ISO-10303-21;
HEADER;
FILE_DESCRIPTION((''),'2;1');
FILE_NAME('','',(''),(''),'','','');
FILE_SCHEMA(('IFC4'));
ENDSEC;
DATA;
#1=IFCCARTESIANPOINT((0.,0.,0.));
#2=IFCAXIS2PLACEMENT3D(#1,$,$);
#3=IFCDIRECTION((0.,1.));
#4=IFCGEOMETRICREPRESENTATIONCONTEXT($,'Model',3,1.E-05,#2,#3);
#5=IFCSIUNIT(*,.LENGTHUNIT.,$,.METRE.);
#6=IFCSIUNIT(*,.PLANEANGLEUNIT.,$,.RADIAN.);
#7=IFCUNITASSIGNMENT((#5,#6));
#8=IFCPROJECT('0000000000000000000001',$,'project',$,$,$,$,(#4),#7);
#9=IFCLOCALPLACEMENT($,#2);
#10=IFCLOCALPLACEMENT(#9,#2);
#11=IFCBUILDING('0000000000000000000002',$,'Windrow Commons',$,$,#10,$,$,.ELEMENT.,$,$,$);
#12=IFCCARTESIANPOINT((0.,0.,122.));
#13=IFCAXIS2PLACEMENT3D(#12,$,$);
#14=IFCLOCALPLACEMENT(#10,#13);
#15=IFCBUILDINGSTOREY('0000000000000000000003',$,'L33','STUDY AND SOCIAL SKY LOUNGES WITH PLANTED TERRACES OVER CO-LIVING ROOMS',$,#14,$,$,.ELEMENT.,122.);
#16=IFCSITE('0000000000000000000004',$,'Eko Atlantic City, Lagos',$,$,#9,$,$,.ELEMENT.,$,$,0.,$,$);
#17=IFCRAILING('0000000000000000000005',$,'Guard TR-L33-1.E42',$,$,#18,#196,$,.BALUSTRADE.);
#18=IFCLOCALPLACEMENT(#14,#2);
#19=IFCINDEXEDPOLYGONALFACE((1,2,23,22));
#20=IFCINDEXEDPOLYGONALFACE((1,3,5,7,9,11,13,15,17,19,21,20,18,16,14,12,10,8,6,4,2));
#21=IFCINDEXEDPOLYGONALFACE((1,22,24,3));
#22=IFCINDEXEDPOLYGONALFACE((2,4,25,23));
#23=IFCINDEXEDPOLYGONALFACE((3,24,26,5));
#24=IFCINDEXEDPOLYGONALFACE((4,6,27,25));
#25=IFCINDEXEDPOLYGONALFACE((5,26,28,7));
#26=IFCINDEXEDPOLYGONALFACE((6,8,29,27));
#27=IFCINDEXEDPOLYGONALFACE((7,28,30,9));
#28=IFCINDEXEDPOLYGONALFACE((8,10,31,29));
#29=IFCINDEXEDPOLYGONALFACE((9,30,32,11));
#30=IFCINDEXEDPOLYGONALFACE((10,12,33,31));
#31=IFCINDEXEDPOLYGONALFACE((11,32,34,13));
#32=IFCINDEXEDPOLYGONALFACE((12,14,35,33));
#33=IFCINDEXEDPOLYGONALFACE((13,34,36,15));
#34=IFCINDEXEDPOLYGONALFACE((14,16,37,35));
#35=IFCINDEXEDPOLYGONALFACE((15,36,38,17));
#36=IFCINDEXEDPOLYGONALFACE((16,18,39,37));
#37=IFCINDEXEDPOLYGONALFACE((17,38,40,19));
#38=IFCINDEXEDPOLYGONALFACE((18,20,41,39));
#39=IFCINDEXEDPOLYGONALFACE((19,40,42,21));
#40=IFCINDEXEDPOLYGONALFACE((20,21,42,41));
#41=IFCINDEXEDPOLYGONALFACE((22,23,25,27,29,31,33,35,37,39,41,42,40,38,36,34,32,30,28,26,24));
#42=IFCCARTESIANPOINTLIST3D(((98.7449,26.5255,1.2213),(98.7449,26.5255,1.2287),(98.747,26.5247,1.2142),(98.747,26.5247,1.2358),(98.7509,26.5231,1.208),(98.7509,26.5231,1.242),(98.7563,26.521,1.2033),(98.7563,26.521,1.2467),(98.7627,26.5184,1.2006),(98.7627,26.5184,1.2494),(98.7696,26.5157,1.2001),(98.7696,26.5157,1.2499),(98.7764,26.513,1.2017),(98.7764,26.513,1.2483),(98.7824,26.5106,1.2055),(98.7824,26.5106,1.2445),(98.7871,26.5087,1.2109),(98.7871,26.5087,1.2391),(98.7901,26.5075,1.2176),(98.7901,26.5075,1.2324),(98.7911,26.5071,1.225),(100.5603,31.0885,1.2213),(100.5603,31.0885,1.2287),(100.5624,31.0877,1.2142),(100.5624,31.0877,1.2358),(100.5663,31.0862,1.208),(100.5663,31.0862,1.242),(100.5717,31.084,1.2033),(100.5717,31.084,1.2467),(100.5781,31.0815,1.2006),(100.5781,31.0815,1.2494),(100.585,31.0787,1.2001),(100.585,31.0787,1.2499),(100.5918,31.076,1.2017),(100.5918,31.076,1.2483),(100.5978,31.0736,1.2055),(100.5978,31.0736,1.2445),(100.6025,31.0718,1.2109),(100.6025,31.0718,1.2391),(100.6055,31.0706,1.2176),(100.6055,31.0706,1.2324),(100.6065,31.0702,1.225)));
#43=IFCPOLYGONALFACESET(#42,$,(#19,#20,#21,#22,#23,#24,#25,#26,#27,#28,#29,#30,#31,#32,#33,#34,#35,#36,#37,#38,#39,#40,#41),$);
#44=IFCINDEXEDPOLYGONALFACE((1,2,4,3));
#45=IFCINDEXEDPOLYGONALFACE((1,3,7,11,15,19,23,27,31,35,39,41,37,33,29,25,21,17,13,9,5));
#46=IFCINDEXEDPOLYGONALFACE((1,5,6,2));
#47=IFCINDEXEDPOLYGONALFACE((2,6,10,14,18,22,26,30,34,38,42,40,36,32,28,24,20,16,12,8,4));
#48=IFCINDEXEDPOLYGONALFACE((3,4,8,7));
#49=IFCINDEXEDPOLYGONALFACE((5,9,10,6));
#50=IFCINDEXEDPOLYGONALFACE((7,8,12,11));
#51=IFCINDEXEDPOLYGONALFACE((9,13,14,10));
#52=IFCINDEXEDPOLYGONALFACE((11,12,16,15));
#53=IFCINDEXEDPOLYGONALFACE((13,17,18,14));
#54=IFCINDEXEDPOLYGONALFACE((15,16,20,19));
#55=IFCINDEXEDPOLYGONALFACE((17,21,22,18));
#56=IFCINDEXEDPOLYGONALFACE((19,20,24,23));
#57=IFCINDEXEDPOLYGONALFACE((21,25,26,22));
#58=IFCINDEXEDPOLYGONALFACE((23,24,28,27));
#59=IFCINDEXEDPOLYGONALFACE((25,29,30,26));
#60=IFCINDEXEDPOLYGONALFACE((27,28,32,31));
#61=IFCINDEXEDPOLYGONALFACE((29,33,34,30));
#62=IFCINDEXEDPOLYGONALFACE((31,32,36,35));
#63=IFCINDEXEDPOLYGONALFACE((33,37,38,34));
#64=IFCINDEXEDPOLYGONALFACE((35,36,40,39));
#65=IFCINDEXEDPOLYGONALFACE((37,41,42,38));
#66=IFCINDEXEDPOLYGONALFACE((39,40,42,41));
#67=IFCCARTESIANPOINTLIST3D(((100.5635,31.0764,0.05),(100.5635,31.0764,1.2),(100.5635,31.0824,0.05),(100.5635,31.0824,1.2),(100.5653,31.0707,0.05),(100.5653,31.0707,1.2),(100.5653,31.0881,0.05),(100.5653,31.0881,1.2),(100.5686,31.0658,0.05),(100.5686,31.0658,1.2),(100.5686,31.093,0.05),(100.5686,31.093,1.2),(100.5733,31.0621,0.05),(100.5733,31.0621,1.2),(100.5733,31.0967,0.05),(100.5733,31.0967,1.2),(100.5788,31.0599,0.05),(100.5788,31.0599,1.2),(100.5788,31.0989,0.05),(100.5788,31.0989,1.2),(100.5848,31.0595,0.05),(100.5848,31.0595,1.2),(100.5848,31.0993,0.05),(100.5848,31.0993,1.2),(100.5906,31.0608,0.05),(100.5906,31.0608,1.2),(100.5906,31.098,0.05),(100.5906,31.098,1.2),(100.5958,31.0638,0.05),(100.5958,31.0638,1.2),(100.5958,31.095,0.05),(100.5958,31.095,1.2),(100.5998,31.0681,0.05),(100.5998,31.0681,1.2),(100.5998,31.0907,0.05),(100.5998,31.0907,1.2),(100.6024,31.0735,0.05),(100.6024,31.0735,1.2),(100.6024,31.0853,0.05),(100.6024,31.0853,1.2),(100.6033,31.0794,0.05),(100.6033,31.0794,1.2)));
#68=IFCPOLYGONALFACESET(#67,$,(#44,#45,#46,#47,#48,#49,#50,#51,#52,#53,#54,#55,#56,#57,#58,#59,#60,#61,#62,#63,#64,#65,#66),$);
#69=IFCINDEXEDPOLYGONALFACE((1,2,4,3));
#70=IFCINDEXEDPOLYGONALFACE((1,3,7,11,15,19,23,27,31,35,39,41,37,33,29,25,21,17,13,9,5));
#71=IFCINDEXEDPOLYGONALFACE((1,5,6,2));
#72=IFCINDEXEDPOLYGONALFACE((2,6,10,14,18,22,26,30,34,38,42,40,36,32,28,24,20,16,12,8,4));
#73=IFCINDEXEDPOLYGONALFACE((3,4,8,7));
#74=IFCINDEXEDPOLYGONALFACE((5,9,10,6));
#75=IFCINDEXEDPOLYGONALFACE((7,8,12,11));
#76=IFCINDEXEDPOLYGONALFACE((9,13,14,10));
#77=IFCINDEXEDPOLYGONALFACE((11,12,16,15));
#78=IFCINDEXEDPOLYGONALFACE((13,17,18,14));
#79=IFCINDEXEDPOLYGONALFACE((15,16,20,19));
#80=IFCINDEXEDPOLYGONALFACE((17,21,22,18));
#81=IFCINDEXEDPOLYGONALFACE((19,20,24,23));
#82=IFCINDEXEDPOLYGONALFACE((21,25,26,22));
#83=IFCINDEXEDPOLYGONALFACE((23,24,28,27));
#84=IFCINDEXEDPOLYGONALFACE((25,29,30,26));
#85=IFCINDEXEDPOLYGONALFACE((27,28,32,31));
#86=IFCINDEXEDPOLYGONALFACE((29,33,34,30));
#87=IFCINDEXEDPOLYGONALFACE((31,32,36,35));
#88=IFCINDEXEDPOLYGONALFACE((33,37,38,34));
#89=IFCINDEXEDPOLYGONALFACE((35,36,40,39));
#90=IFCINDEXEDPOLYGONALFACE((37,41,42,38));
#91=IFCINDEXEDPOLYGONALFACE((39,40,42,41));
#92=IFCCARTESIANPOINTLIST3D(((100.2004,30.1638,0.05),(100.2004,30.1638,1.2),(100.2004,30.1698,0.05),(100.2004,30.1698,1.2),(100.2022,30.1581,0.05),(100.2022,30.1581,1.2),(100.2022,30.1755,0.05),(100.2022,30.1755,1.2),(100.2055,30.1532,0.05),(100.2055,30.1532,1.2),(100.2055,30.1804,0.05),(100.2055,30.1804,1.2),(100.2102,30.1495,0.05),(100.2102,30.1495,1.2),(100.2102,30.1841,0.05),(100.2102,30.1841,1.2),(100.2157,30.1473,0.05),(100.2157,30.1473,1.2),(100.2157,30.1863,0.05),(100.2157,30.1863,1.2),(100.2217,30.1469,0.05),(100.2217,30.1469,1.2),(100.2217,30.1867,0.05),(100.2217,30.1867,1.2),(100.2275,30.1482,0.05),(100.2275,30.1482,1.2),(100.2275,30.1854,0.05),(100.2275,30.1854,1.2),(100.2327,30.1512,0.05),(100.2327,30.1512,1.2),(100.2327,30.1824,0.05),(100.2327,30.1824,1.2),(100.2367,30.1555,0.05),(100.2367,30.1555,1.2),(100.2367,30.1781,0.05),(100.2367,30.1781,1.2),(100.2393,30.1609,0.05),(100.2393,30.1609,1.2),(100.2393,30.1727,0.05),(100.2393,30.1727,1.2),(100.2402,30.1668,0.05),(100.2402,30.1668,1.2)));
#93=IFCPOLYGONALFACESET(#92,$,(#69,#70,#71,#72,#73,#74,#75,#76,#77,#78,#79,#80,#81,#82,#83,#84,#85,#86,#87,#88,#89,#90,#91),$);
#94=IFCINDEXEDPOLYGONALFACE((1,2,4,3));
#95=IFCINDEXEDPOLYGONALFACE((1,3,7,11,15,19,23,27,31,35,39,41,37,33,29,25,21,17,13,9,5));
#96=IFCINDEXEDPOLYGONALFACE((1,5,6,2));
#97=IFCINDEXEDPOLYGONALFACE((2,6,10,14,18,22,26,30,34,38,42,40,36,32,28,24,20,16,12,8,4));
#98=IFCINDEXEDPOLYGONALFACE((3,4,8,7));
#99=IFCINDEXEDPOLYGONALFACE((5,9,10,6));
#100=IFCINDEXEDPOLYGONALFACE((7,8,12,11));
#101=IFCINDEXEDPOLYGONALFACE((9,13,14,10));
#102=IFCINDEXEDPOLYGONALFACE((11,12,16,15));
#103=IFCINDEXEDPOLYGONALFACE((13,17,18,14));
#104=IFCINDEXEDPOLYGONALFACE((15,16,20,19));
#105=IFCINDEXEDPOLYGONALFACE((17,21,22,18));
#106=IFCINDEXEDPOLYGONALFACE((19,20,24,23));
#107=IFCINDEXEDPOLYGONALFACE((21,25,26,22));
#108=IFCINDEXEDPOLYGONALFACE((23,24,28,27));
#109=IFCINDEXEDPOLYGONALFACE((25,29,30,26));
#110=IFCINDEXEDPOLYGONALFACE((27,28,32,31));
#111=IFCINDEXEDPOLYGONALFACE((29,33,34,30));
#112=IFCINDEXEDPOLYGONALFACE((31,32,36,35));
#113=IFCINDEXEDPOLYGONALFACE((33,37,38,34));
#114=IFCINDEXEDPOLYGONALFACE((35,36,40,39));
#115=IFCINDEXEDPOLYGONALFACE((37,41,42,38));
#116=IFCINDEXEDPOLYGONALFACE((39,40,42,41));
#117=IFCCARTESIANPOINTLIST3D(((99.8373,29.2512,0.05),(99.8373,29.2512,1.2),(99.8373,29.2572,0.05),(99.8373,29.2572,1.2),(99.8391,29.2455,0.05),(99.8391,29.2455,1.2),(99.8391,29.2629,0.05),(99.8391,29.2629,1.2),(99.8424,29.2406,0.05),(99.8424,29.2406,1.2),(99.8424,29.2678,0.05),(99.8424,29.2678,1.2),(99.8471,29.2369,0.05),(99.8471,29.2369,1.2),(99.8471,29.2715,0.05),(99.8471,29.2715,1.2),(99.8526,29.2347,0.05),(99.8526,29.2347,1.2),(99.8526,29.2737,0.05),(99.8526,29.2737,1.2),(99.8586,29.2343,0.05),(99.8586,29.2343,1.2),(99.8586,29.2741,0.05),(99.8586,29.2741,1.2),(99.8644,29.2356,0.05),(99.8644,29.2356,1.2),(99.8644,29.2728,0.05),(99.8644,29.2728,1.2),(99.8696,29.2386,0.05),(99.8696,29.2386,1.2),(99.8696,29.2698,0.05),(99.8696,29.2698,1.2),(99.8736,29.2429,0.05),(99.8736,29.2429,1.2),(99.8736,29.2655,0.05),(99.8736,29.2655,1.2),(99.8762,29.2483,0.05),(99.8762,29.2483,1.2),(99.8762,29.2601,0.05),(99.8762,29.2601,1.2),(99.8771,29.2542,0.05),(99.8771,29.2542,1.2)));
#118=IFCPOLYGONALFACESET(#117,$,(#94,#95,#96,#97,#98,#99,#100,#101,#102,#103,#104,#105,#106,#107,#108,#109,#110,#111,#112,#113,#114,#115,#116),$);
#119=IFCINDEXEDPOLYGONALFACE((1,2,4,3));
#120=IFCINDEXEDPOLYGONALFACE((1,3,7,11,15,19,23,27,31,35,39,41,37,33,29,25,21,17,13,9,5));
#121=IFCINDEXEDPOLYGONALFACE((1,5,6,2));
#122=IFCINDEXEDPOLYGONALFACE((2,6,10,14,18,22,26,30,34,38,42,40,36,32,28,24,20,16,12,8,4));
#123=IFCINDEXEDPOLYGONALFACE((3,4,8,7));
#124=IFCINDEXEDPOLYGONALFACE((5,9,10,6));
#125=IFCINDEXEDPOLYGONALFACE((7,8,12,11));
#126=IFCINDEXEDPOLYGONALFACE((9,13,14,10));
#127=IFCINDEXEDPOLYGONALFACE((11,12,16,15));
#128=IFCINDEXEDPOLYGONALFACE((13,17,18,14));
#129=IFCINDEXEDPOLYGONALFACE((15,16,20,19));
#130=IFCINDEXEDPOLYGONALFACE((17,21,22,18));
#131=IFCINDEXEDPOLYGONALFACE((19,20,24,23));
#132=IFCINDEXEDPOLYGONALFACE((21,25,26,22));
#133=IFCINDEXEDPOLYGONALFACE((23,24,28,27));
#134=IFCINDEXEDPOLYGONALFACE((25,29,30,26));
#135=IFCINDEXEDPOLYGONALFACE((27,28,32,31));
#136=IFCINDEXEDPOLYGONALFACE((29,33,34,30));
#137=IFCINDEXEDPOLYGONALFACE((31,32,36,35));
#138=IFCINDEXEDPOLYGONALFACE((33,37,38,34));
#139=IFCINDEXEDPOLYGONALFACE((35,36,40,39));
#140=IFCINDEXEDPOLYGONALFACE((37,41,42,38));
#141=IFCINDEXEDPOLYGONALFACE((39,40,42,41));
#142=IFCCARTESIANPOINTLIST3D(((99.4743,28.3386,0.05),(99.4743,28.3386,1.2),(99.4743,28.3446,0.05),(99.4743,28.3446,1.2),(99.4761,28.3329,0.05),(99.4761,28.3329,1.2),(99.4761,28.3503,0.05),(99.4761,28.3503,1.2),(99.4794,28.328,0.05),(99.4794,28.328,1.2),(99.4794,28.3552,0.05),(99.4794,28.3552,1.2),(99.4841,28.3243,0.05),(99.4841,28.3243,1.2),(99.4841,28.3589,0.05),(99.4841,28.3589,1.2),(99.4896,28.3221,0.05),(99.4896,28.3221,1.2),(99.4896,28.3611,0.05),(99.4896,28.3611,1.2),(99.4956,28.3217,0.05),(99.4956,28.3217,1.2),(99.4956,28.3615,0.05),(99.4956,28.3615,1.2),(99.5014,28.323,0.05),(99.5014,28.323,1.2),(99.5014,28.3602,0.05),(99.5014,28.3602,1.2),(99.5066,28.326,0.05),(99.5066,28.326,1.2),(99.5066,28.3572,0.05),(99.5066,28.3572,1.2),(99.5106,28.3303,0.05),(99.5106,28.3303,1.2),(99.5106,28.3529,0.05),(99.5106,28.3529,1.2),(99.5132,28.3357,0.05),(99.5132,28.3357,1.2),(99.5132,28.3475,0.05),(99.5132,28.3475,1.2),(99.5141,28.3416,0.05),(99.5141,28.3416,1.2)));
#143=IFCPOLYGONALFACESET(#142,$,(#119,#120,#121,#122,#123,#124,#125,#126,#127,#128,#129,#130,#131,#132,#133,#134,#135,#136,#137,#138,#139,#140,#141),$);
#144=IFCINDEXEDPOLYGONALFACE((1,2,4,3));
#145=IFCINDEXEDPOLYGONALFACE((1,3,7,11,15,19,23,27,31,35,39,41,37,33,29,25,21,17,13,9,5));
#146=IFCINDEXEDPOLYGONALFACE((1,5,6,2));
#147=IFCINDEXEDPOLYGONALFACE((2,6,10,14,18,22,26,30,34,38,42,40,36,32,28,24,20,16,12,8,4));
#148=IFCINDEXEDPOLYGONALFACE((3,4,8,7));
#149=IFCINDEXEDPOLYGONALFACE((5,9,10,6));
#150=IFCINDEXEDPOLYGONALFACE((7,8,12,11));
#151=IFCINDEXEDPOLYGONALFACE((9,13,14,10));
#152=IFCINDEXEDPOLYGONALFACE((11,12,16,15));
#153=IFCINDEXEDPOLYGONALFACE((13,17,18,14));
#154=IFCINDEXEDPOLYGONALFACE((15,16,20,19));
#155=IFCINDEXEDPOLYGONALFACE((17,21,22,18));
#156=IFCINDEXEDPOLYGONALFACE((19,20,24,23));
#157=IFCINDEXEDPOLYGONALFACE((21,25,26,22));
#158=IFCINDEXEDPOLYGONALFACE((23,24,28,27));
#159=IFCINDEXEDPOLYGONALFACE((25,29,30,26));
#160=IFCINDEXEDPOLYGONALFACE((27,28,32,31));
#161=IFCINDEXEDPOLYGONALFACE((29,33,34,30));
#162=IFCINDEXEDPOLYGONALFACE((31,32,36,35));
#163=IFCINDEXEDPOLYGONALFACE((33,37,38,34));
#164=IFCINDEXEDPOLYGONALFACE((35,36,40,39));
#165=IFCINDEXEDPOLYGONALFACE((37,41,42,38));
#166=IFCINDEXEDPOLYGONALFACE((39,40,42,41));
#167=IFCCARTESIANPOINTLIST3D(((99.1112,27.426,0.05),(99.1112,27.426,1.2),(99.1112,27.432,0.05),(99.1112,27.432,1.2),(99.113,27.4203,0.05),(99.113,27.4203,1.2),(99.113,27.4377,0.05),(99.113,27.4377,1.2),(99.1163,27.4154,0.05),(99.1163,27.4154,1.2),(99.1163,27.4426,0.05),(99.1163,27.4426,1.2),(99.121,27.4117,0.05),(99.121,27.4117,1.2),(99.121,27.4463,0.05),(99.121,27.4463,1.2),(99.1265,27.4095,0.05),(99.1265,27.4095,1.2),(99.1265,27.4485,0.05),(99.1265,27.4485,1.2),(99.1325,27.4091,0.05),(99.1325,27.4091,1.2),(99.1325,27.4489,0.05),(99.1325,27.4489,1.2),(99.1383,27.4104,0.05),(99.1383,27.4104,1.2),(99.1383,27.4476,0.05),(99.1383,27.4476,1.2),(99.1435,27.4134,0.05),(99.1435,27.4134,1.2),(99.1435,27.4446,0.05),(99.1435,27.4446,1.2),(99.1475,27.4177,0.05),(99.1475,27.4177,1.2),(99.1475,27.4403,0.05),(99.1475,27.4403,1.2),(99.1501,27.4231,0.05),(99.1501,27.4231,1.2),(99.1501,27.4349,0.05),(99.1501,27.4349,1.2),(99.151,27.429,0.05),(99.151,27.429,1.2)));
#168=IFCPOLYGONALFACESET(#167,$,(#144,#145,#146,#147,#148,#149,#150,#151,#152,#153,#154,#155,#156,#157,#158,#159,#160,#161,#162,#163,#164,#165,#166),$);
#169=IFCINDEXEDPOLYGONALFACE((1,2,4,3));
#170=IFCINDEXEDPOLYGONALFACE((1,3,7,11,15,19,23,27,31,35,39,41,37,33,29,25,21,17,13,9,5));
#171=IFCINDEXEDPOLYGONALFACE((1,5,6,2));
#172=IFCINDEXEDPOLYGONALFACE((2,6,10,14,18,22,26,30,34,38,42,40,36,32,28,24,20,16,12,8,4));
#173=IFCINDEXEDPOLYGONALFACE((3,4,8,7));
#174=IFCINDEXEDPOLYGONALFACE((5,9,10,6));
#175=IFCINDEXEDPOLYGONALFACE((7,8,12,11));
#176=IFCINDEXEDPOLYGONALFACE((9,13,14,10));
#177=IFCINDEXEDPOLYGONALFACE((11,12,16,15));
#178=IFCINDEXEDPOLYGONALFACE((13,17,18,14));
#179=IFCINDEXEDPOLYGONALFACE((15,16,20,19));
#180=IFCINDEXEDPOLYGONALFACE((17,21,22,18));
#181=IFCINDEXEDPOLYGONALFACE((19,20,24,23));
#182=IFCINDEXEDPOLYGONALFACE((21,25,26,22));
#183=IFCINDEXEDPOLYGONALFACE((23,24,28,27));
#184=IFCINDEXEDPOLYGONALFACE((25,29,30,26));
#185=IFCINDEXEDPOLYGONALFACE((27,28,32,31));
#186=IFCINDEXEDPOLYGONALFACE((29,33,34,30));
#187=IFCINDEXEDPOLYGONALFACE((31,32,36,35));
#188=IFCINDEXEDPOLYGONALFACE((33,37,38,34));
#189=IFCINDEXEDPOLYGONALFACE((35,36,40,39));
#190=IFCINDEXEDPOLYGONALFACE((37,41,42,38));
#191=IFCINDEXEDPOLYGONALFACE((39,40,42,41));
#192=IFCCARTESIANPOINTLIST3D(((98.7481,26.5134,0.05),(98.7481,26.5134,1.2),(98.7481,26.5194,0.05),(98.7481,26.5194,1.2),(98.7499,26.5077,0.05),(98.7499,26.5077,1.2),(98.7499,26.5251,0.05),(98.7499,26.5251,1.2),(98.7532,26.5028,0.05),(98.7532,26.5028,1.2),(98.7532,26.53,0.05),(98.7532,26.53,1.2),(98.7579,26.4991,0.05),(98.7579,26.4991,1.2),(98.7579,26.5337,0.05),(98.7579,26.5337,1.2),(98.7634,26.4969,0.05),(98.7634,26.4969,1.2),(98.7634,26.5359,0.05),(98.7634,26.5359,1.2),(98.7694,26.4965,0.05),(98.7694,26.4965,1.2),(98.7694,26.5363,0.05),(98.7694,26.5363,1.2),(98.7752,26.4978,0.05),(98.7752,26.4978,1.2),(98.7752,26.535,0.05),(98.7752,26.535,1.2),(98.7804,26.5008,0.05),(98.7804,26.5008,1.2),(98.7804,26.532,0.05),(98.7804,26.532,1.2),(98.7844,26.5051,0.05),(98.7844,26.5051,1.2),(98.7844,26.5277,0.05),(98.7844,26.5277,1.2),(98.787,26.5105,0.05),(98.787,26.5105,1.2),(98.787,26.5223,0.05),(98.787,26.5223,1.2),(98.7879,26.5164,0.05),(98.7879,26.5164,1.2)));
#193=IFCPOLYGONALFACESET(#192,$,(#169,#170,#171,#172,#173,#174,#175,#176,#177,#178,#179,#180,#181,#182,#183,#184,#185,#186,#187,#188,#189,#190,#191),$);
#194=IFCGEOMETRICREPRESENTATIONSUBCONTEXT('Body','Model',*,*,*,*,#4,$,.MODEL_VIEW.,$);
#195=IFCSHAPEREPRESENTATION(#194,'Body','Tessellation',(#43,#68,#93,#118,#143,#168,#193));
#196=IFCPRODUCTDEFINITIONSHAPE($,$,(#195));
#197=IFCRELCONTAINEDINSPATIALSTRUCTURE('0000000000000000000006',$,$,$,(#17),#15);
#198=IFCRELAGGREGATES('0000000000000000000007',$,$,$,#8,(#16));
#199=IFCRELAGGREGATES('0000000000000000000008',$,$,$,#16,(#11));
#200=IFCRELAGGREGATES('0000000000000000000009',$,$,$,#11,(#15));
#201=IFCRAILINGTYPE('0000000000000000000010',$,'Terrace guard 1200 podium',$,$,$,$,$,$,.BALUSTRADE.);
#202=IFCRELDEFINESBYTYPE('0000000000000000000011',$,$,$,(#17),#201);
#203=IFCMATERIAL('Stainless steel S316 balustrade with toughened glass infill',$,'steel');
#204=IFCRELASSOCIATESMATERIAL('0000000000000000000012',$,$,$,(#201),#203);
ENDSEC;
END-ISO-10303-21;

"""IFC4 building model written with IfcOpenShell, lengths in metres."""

from ifc_helpers import new_model, si_unit, direction, frame, origin, origin_2d, place, context, subcontext, project, spatial, circle, extrude, material, type_object, element, save


model = new_model("IFC4")

# Units and contexts
model_context = context("Model", 3, precision=1e-05, world=origin(), true_north=direction((0.0, 1.0)))
body_context = subcontext(model_context, "Body", "Model", "MODEL_VIEW")
ifc_project = project(units=[si_unit("LENGTHUNIT", "METRE"), si_unit("PLANEANGLEUNIT", "RADIAN")], contexts=[model_context])

# Site, building, storey
site_placement = place(None, origin())
site = spatial("IfcSite", under=ifc_project, at=site_placement, Name="Eko Atlantic City, Lagos", CompositionType="ELEMENT", RefElevation=0.0)
building_placement = place(site_placement, origin())
building = spatial("IfcBuilding", under=site, at=building_placement, Name="Windrow Commons", CompositionType="ELEMENT")
storey_placement = place(building_placement, frame((0.0, 0.0, 122.0)))
storey = spatial("IfcBuildingStorey", under=building, at=storey_placement, Name="L33", Description="STUDY AND SOCIAL SKY LOUNGES WITH PLANTED TERRACES OVER CO-LIVING ROOMS", CompositionType="ELEMENT", Elevation=122.0)

# Railing
ifc_material_1 = material(Name="Stainless steel S316 balustrade with toughened glass infill", Category="steel")
railing_type = type_object("IfcRailingType", Name="Terrace guard 1200 podium", PredefinedType="BALUSTRADE", material=ifc_material_1)
railing_1_placement = place(storey_placement, frame((100.5833, 31.0794, 0.05)))
element("IfcRailing", 1, at=railing_1_placement, inside=storey, type_object=railing_type, Name="Guard TR-L33-1.E42", PredefinedType="BALUSTRADE", context=body_context, shape_type="SweptSolid", body=[
    extrude(circle(Radius=0.025, at=origin_2d()), frame((0.0, 0.0, 1.175), z_axis=(-0.36967, -0.929163, 0.0), x_axis=(0.929163, -0.36967, 0.0)), (0.0, 0.0, 1.0), 4.9109),
    extrude(circle(Radius=0.02, at=origin_2d()), origin(), (0.0, 0.0, 1.0), 1.15),
    extrude(circle(Radius=0.02, at=origin_2d()), frame((-0.3631, -0.9126, 0.0)), (0.0, 0.0, 1.0), 1.15),
    extrude(circle(Radius=0.02, at=origin_2d()), frame((-0.7262, -1.8252, 0.0)), (0.0, 0.0, 1.0), 1.15),
    extrude(circle(Radius=0.02, at=origin_2d()), frame((-1.0892, -2.7378, 0.0)), (0.0, 0.0, 1.0), 1.15),
    extrude(circle(Radius=0.02, at=origin_2d()), frame((-1.4523, -3.6504, 0.0)), (0.0, 0.0, 1.0), 1.15),
    extrude(circle(Radius=0.02, at=origin_2d()), frame((-1.8154, -4.563, 0.0)), (0.0, 0.0, 1.0), 1.15),
])

save(model, "model.ifc")
